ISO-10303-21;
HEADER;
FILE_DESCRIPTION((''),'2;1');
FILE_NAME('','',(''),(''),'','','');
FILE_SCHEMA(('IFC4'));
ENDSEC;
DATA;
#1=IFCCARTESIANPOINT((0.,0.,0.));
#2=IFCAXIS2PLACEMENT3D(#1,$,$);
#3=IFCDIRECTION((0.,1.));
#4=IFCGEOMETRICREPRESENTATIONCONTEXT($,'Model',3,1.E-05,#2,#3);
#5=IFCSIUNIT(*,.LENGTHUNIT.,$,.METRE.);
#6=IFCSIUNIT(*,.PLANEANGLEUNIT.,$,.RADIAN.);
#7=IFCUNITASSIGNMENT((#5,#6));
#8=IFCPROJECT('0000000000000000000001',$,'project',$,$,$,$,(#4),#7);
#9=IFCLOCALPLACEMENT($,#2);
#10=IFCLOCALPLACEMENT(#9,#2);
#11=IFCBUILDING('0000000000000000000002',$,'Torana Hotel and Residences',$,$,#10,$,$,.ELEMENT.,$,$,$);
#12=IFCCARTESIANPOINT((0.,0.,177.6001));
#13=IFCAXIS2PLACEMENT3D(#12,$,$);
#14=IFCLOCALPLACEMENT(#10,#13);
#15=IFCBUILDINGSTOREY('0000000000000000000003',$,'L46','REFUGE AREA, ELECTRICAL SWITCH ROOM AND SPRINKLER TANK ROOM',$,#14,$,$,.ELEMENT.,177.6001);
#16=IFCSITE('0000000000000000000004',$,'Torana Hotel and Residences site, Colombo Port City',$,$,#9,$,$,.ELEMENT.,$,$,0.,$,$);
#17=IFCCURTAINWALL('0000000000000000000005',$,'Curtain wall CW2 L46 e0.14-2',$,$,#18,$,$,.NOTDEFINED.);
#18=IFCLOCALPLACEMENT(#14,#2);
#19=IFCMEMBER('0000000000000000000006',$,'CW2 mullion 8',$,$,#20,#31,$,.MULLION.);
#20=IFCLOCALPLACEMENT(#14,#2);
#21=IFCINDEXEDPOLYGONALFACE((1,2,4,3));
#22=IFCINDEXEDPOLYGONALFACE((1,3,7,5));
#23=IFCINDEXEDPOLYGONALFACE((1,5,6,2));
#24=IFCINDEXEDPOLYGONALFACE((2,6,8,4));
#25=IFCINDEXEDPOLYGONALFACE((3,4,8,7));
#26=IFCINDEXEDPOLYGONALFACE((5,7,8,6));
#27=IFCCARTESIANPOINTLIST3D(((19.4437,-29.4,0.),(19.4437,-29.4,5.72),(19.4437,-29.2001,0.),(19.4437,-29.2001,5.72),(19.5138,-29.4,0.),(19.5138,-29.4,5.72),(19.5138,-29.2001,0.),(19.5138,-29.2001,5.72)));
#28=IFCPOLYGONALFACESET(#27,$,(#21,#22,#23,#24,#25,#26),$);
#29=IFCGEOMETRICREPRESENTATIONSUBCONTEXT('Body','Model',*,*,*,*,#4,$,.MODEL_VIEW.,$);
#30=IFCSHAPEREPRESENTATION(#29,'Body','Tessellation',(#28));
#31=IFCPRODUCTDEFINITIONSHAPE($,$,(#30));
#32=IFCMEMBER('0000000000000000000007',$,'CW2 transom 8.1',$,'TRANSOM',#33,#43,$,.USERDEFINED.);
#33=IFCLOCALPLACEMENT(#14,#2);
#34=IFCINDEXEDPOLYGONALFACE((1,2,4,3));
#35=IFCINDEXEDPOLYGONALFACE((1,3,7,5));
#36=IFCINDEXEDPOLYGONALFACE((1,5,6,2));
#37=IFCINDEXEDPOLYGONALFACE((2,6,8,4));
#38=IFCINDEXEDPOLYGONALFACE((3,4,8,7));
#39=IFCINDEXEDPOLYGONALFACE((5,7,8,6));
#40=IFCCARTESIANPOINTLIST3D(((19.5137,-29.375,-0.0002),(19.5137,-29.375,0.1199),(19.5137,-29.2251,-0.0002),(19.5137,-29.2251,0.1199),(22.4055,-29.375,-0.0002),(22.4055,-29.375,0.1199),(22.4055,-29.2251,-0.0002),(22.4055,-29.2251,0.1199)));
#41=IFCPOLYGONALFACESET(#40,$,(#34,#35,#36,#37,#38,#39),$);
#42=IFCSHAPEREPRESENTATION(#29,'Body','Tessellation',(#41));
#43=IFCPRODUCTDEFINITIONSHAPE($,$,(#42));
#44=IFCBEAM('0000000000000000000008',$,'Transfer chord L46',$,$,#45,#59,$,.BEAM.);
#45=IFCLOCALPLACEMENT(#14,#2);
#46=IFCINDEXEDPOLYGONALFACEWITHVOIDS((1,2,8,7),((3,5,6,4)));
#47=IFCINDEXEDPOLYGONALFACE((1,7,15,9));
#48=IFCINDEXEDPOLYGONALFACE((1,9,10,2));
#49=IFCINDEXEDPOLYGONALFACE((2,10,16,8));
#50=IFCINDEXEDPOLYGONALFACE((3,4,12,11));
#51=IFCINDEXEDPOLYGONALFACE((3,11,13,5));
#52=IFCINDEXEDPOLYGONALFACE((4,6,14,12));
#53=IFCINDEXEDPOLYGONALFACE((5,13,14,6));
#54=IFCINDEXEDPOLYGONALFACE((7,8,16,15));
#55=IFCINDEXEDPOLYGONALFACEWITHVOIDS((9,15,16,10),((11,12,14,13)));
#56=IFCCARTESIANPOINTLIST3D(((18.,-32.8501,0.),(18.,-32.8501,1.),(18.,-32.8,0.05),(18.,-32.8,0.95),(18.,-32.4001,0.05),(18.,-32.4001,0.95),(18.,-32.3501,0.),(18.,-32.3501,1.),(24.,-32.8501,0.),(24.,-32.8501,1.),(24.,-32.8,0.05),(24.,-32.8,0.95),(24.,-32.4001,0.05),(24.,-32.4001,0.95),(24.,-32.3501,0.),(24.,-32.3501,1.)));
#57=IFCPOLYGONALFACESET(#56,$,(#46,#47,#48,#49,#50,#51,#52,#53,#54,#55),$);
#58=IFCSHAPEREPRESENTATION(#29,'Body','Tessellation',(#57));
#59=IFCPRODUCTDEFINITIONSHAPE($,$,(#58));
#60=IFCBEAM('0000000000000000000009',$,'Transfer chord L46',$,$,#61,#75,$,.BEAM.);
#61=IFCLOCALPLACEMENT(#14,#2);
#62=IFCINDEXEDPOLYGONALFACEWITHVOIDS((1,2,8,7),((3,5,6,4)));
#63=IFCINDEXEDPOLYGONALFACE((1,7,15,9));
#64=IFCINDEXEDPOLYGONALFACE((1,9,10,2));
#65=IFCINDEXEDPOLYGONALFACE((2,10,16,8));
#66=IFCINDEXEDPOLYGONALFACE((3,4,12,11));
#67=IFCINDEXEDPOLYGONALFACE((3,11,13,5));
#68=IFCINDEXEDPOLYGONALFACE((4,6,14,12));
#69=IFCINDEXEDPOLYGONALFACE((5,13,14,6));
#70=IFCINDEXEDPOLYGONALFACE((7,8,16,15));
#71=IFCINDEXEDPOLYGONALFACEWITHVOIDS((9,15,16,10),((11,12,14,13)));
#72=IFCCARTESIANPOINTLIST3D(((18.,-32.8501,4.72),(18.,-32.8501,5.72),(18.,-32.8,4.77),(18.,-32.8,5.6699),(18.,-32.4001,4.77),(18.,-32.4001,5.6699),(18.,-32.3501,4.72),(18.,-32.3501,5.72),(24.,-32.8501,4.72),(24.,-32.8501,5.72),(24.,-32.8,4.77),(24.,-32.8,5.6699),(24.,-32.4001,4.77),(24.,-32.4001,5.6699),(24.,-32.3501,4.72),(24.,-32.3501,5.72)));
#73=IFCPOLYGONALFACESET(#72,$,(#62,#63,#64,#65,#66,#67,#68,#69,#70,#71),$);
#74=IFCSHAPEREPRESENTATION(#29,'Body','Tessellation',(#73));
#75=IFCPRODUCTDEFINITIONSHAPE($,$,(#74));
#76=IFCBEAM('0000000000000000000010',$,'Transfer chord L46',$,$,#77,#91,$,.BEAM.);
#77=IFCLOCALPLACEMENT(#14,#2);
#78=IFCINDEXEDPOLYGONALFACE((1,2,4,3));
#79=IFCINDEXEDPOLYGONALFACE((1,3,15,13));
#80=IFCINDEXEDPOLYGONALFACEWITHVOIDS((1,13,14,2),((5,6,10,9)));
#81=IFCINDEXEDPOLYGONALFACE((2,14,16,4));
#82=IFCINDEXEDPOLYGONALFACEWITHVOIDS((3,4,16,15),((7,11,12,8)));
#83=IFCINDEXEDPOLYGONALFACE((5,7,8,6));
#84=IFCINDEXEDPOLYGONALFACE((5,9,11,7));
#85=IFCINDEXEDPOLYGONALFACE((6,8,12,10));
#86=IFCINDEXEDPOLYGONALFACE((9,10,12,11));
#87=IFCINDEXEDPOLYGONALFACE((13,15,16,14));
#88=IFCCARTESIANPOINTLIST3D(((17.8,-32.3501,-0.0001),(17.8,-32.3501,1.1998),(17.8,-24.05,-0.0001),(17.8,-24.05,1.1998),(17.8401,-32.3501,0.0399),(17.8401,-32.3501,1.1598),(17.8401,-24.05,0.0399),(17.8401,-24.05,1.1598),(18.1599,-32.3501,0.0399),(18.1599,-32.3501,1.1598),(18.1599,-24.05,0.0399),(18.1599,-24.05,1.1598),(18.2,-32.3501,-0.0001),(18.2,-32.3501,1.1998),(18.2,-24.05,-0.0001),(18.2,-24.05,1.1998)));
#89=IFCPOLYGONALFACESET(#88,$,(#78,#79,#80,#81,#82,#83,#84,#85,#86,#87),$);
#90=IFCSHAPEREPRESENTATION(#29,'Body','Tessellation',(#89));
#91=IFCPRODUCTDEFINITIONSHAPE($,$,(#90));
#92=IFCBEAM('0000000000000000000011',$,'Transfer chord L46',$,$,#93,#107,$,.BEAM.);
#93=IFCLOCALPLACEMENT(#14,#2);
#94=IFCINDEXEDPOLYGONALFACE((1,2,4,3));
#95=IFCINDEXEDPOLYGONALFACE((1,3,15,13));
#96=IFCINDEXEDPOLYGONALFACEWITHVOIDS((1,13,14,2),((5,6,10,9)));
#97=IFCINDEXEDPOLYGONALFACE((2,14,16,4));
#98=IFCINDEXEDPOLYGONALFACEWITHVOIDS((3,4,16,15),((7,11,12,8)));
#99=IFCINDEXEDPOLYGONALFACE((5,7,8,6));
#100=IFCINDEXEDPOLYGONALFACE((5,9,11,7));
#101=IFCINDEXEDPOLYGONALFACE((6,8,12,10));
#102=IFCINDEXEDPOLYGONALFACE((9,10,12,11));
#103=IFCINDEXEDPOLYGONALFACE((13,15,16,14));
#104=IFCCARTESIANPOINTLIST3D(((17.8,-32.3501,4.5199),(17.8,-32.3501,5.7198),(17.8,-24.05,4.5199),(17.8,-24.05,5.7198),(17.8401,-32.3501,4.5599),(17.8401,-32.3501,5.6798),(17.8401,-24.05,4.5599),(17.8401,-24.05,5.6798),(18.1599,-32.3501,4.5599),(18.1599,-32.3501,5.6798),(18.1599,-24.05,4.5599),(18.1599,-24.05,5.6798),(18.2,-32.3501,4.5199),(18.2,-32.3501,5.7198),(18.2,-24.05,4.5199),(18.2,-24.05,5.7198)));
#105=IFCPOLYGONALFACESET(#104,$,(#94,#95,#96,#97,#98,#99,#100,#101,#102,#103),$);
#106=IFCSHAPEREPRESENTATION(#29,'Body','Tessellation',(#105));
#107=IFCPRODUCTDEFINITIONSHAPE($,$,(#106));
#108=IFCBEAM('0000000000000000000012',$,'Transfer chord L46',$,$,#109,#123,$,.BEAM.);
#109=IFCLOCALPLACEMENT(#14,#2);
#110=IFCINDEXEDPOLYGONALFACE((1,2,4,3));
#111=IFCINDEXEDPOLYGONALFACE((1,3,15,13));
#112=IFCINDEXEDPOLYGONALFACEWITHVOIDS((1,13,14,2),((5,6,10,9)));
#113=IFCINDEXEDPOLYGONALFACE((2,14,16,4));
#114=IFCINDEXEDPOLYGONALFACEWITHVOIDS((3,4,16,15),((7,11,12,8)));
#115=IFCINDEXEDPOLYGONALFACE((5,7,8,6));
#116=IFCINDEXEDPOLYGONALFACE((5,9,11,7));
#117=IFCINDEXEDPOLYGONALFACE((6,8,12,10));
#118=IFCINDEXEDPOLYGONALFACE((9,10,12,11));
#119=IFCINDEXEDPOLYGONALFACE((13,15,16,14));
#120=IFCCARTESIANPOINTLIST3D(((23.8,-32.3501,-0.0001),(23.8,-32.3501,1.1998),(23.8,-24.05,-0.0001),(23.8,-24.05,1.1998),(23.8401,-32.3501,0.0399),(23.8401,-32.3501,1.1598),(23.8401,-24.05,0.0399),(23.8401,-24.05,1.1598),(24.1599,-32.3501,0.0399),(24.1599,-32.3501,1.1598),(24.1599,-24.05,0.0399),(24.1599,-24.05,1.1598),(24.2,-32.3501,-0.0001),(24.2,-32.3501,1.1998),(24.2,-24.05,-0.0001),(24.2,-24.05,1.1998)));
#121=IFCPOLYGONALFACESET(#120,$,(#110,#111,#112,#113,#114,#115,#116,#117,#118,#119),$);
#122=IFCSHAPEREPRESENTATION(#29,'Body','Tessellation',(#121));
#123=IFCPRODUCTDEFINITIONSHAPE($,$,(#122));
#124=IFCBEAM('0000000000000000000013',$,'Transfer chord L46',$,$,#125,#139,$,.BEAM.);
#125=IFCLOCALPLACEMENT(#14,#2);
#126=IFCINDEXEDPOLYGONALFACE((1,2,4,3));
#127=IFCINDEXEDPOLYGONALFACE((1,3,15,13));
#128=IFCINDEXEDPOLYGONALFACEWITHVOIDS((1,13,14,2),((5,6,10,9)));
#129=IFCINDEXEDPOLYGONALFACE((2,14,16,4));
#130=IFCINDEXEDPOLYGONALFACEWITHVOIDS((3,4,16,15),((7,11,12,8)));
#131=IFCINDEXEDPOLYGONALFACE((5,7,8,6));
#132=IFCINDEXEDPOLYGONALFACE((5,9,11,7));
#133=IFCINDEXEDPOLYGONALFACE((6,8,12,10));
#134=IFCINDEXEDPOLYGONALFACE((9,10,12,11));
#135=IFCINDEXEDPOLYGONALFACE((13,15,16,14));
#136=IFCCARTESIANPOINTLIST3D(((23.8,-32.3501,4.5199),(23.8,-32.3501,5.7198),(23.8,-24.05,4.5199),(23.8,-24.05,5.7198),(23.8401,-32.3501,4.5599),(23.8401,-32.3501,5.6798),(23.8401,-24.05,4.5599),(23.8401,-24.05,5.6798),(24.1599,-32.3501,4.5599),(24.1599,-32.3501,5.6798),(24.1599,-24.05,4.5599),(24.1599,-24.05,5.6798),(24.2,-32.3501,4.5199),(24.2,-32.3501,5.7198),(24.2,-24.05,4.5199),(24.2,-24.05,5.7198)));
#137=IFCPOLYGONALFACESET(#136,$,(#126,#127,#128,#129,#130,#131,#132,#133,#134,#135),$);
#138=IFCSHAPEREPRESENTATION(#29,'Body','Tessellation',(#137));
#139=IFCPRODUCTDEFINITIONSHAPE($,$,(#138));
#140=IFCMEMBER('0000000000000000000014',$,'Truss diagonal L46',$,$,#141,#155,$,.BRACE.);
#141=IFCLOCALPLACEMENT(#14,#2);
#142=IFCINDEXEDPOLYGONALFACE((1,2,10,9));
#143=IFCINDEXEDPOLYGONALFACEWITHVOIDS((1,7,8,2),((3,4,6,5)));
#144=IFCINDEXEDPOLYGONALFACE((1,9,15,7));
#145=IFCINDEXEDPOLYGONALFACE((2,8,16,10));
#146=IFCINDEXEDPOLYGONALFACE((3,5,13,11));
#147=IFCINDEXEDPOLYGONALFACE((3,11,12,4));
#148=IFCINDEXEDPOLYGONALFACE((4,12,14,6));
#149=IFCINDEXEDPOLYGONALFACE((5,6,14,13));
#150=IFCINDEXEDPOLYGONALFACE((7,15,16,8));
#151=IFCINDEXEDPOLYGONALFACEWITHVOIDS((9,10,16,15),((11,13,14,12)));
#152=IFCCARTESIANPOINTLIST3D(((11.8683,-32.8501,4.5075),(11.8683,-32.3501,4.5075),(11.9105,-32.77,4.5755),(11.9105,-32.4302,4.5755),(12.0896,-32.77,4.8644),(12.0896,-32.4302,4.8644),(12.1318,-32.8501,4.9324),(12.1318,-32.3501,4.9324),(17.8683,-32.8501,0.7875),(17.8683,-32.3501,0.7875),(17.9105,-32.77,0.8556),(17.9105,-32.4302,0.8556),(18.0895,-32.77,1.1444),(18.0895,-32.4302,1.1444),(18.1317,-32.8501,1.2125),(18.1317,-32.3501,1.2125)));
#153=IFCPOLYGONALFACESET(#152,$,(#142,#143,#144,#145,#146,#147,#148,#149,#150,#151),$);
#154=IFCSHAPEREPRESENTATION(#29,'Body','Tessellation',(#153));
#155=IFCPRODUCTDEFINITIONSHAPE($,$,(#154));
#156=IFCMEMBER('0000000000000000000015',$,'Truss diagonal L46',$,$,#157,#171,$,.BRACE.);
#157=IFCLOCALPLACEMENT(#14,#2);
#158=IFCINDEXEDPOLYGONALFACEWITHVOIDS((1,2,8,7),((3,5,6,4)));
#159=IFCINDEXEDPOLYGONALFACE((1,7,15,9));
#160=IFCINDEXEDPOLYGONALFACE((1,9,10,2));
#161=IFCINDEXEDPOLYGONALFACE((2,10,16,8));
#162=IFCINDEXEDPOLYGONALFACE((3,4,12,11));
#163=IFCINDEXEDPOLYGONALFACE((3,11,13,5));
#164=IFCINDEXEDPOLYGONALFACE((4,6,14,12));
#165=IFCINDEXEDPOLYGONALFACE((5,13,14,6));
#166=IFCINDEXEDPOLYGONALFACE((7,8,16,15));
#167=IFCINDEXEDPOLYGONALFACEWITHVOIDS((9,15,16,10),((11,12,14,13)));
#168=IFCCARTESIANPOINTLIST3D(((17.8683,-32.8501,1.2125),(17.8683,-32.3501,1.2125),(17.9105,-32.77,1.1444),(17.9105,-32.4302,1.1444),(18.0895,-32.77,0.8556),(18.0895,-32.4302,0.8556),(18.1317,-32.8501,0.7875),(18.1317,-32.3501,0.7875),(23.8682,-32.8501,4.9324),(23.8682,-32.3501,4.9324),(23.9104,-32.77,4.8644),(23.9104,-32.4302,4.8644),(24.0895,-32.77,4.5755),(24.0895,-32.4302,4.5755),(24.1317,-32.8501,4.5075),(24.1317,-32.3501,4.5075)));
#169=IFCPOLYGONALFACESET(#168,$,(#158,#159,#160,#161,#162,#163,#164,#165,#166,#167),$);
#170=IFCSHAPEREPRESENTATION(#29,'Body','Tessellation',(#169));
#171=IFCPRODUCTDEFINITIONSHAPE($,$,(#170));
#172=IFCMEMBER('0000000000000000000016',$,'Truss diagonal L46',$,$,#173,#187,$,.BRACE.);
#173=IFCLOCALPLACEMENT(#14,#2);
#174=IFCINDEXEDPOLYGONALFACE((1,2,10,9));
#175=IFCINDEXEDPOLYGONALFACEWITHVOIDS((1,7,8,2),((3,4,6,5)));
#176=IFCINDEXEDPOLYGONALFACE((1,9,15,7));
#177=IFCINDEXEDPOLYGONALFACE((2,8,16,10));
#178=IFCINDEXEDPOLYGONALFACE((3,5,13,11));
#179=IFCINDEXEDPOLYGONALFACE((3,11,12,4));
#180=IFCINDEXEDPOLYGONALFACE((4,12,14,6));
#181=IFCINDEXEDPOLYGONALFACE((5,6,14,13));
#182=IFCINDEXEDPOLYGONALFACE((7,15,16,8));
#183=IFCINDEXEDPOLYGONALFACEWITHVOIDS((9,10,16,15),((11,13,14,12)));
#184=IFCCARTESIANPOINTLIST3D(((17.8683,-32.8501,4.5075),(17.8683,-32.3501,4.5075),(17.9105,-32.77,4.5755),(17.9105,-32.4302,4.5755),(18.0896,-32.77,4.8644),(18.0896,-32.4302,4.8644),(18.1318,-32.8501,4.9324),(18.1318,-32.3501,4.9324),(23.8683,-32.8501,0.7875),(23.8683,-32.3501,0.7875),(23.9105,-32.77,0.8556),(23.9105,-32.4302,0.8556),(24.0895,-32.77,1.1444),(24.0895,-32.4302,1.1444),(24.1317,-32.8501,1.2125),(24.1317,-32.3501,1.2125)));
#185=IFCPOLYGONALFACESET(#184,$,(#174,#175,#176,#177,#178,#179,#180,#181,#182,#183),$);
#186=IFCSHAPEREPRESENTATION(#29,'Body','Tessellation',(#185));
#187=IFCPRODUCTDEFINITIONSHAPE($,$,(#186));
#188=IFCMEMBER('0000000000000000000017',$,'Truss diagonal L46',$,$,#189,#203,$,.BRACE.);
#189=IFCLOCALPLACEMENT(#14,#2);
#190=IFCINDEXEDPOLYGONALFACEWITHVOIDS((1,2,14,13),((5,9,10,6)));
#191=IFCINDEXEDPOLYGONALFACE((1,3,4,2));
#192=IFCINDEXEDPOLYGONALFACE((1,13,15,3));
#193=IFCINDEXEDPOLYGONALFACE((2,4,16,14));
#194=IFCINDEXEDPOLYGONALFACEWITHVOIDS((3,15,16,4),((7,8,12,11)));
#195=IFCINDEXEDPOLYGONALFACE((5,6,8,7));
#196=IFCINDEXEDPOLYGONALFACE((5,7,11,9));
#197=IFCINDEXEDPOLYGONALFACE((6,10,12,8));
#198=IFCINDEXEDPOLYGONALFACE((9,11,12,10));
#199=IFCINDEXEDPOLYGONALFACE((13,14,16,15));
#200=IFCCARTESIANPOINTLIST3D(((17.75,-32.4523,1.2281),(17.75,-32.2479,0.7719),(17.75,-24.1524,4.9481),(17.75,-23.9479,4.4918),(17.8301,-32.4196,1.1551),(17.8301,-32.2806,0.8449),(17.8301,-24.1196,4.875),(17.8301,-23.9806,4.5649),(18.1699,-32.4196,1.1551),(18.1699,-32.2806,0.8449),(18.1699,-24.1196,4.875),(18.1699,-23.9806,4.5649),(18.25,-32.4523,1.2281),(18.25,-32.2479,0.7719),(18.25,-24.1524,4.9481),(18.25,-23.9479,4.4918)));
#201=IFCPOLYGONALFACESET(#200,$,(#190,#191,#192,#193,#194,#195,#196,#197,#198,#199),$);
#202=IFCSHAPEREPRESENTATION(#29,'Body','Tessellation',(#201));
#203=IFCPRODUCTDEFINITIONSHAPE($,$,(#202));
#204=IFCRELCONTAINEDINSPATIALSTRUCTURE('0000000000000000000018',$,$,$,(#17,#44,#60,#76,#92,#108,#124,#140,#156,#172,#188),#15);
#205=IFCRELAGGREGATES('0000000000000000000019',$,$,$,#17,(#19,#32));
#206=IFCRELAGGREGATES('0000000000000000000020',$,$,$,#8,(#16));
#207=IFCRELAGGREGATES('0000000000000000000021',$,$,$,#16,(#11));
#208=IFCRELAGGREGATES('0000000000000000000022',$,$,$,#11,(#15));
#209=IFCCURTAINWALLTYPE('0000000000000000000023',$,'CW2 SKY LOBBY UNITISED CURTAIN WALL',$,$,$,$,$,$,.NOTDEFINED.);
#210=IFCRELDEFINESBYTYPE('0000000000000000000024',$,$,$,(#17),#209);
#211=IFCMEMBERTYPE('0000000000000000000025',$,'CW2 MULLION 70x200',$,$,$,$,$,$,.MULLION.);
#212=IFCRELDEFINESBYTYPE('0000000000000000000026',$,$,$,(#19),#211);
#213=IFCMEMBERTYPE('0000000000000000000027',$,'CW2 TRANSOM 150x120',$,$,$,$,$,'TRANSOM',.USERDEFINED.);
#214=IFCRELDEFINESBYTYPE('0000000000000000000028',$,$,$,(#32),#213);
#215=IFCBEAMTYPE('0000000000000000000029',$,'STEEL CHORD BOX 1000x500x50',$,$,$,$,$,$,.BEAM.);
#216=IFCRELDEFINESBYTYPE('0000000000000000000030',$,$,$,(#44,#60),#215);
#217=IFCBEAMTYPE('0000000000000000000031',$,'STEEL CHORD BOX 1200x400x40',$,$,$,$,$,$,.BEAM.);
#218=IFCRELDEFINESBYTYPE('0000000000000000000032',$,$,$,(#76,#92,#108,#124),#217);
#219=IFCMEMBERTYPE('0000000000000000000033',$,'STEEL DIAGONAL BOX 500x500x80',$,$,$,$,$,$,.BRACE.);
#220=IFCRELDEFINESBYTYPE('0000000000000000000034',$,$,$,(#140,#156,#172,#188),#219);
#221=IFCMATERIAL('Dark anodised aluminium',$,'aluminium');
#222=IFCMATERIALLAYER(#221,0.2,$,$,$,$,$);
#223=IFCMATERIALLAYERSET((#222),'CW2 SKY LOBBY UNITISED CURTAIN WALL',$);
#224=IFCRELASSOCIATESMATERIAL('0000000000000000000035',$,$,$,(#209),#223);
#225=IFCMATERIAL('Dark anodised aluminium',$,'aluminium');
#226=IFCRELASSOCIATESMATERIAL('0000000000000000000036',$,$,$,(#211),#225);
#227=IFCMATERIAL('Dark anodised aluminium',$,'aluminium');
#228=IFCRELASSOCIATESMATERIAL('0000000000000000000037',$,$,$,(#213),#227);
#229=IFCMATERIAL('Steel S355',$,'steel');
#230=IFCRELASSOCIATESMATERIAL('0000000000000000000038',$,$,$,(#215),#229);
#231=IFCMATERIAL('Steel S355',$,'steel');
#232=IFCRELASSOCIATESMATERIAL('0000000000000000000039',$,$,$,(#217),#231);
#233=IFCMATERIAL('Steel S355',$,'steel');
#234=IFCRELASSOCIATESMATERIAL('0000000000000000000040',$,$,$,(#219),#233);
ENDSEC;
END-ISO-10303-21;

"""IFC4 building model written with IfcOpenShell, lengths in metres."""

from ifc_helpers import new_model, si_unit, direction, frame, origin, origin_2d, place, context, subcontext, project, spatial, rectangle, hollow_rectangle, extrude, material, layer, layer_set, material_profile, profile_set, type_object, element, aggregate, save


model = new_model("IFC4")

# Units and contexts
model_context = context("Model", 3, precision=1e-05, world=origin(), true_north=direction((0.0, 1.0)))
body_context = subcontext(model_context, "Body", "Model", "MODEL_VIEW")
ifc_project = project(units=[si_unit("LENGTHUNIT", "METRE"), si_unit("PLANEANGLEUNIT", "RADIAN")], contexts=[model_context])

# Site, building, storey
site_placement = place(None, origin())
site = spatial("IfcSite", under=ifc_project, at=site_placement, Name="Torana Hotel and Residences site, Colombo Port City", CompositionType="ELEMENT", RefElevation=0.0)
building_placement = place(site_placement, origin())
building = spatial("IfcBuilding", under=site, at=building_placement, Name="Torana Hotel and Residences", CompositionType="ELEMENT")
storey_placement = place(building_placement, frame((0.0, 0.0, 177.6001)))
storey = spatial("IfcBuildingStorey", under=building, at=storey_placement, Name="L46", Description="REFUGE AREA, ELECTRICAL SWITCH ROOM AND SPRINKLER TANK ROOM", CompositionType="ELEMENT", Elevation=177.6001)

# Curtain wall, members
ifc_material_1 = material(Name="Dark anodised aluminium", Category="aluminium")
ifc_layer_1 = layer(ifc_material_1, 0.2)
ifc_layer_set_1 = layer_set([ifc_layer_1], Name="CW2 SKY LOBBY UNITISED CURTAIN WALL")
curtain_wall_type = type_object("IfcCurtainWallType", Name="CW2 SKY LOBBY UNITISED CURTAIN WALL", PredefinedType="NOTDEFINED", material=ifc_layer_set_1)
curtain_wall_placement = place(storey_placement, origin())
curtain_wall = element("IfcCurtainWall", 1, at=curtain_wall_placement, inside=storey, type_object=curtain_wall_type, Name="Curtain wall CW2 L46 e0.14-2", PredefinedType="NOTDEFINED")
ifc_material_2 = material(Name="Dark anodised aluminium", Category="aluminium")
ifc_material_profile_1 = material_profile(ifc_material_2, rectangle(XDim=0.2, YDim=0.0701, at=origin_2d()), Name="CW2 MULLION 70x200")
ifc_profile_set_1 = profile_set([ifc_material_profile_1], Name="Dark anodised aluminium")
member_type_1 = type_object("IfcMemberType", Name="CW2 MULLION 70x200", PredefinedType="MULLION", material=ifc_profile_set_1)
member_1_placement = place(storey_placement, frame((19.4788, -29.3, 0.0), z_axis=(0.0, 0.0, 1.0), x_axis=(0.0, 1.0, 0.0)))
member_1 = element("IfcMember", 2, at=member_1_placement, type_object=member_type_1, Name="CW2 mullion 8", PredefinedType="MULLION", context=body_context, shape_type="SweptSolid", body=[
    extrude(rectangle(XDim=0.2, YDim=0.0701, at=origin_2d()), origin(), (0.0, 0.0, 1.0), 5.72),
])
ifc_material_3 = material(Name="Dark anodised aluminium", Category="aluminium")
ifc_material_profile_2 = material_profile(ifc_material_3, rectangle(XDim=0.1499, YDim=0.1201, at=origin_2d()), Name="CW2 TRANSOM 150x120")
ifc_profile_set_2 = profile_set([ifc_material_profile_2], Name="Dark anodised aluminium")
member_type_2 = type_object("IfcMemberType", Name="CW2 TRANSOM 150x120", ElementType="TRANSOM", PredefinedType="USERDEFINED", material=ifc_profile_set_2)
member_2_placement = place(storey_placement, frame((19.5137, -29.3, 0.0598), z_axis=(1.0, 0.0, 0.0), x_axis=(0.0, 1.0, 0.0)))
member_2 = element("IfcMember", 3, at=member_2_placement, type_object=member_type_2, Name="CW2 transom 8.1", ObjectType="TRANSOM", PredefinedType="USERDEFINED", context=body_context, shape_type="SweptSolid", body=[
    extrude(rectangle(XDim=0.1499, YDim=0.1201, at=origin_2d()), origin(), (0.0, 0.0, 1.0), 2.8918),
])

# Beams
ifc_material_4 = material(Name="Steel S355", Category="steel")
ifc_material_profile_3 = material_profile(ifc_material_4, hollow_rectangle(XDim=0.5, YDim=1.0, WallThickness=0.05, at=origin_2d()), Name="BOX 1000x500x50")
ifc_profile_set_3 = profile_set([ifc_material_profile_3], Name="Steel S355")
beam_type_1 = type_object("IfcBeamType", Name="STEEL CHORD BOX 1000x500x50", PredefinedType="BEAM", material=ifc_profile_set_3)
for number, where, z_axis, x_axis, name in (
    (4, (18.0, -32.6001, 0.5), (1.0, 0.0, 0.0), (0.0, 1.0, 0.0), "Transfer chord L46"),
    (5, (18.0, -32.6001, 5.22), (1.0, 0.0, 0.0), (0.0, 1.0, 0.0), "Transfer chord L46"),
):
    element("IfcBeam", number, at=place(storey_placement, frame(where, z_axis=z_axis, x_axis=x_axis)), inside=storey, type_object=beam_type_1, Name=name, PredefinedType="BEAM", context=body_context, shape_type="SweptSolid", body=[
        extrude(hollow_rectangle(XDim=0.5, YDim=1.0, WallThickness=0.05, at=origin_2d()), origin(), (0.0, 0.0, 1.0), 6.0),
    ])
ifc_material_5 = material(Name="Steel S355", Category="steel")
ifc_material_profile_4 = material_profile(ifc_material_5, hollow_rectangle(XDim=0.3999, YDim=1.2, WallThickness=0.04, at=origin_2d()), Name="BOX 1200x400x40")
ifc_profile_set_4 = profile_set([ifc_material_profile_4], Name="Steel S355")
beam_type_2 = type_object("IfcBeamType", Name="STEEL CHORD BOX 1200x400x40", PredefinedType="BEAM", material=ifc_profile_set_4)
for number, where, z_axis, x_axis, name in (
    (6, (18.0, -32.3501, 0.5999), (0.0, 1.0, 0.0), (-1.0, 0.0, 0.0), "Transfer chord L46"),
    (7, (18.0, -32.3501, 5.1199), (0.0, 1.0, 0.0), (-1.0, 0.0, 0.0), "Transfer chord L46"),
    (8, (24.0, -32.3501, 0.5999), (0.0, 1.0, 0.0), (-1.0, 0.0, 0.0), "Transfer chord L46"),
    (9, (24.0, -32.3501, 5.1199), (0.0, 1.0, 0.0), (-1.0, 0.0, 0.0), "Transfer chord L46"),
):
    element("IfcBeam", number, at=place(storey_placement, frame(where, z_axis=z_axis, x_axis=x_axis)), inside=storey, type_object=beam_type_2, Name=name, PredefinedType="BEAM", context=body_context, shape_type="SweptSolid", body=[
        extrude(hollow_rectangle(XDim=0.3999, YDim=1.2, WallThickness=0.04, at=origin_2d()), origin(), (0.0, 0.0, 1.0), 8.3),
    ])

# Members
ifc_material_6 = material(Name="Steel S355", Category="steel")
ifc_material_profile_5 = material_profile(ifc_material_6, hollow_rectangle(XDim=0.5, YDim=0.5, WallThickness=0.0801, at=origin_2d()), Name="BOX 500x500x80")
ifc_profile_set_5 = profile_set([ifc_material_profile_5], Name="Steel S355")
member_type_3 = type_object("IfcMemberType", Name="STEEL DIAGONAL BOX 500x500x80", PredefinedType="BRACE", material=ifc_profile_set_5)
for number, where, z_axis, x_axis, name in (
    (10, (18.0, -32.6001, 1.0), (-0.849905, 0.0, 0.526937), (0.0, -1.0, 0.0), "Truss diagonal L46"),
    (11, (18.0, -32.6001, 1.0), (0.849905, 0.0, 0.526937), (0.0, 1.0, 0.0), "Truss diagonal L46"),
    (12, (24.0, -32.6001, 1.0), (-0.849905, 0.0, 0.526937), (0.0, -1.0, 0.0), "Truss diagonal L46"),
):
    element("IfcMember", number, at=place(storey_placement, frame(where, z_axis=z_axis, x_axis=x_axis)), inside=storey, type_object=member_type_3, Name=name, PredefinedType="BRACE", context=body_context, shape_type="SweptSolid", body=[
        extrude(hollow_rectangle(XDim=0.5, YDim=0.5, WallThickness=0.0801, at=origin_2d()), origin(), (0.0, 0.0, 1.0), 7.0596),
    ])
for number, where, z_axis, x_axis, name in (
    (13, (18.0, -32.3501, 1.0), (0.0, 0.91254, 0.408988), (-1.0, 0.0, 0.0), "Truss diagonal L46"),
):
    element("IfcMember", number, at=place(storey_placement, frame(where, z_axis=z_axis, x_axis=x_axis)), inside=storey, type_object=member_type_3, Name=name, PredefinedType="BRACE", context=body_context, shape_type="SweptSolid", body=[
        extrude(hollow_rectangle(XDim=0.5, YDim=0.5, WallThickness=0.0801, at=origin_2d()), origin(), (0.0, 0.0, 1.0), 9.0955),
    ])

aggregate(curtain_wall, [member_1, member_2])

save(model, "model.ifc")
